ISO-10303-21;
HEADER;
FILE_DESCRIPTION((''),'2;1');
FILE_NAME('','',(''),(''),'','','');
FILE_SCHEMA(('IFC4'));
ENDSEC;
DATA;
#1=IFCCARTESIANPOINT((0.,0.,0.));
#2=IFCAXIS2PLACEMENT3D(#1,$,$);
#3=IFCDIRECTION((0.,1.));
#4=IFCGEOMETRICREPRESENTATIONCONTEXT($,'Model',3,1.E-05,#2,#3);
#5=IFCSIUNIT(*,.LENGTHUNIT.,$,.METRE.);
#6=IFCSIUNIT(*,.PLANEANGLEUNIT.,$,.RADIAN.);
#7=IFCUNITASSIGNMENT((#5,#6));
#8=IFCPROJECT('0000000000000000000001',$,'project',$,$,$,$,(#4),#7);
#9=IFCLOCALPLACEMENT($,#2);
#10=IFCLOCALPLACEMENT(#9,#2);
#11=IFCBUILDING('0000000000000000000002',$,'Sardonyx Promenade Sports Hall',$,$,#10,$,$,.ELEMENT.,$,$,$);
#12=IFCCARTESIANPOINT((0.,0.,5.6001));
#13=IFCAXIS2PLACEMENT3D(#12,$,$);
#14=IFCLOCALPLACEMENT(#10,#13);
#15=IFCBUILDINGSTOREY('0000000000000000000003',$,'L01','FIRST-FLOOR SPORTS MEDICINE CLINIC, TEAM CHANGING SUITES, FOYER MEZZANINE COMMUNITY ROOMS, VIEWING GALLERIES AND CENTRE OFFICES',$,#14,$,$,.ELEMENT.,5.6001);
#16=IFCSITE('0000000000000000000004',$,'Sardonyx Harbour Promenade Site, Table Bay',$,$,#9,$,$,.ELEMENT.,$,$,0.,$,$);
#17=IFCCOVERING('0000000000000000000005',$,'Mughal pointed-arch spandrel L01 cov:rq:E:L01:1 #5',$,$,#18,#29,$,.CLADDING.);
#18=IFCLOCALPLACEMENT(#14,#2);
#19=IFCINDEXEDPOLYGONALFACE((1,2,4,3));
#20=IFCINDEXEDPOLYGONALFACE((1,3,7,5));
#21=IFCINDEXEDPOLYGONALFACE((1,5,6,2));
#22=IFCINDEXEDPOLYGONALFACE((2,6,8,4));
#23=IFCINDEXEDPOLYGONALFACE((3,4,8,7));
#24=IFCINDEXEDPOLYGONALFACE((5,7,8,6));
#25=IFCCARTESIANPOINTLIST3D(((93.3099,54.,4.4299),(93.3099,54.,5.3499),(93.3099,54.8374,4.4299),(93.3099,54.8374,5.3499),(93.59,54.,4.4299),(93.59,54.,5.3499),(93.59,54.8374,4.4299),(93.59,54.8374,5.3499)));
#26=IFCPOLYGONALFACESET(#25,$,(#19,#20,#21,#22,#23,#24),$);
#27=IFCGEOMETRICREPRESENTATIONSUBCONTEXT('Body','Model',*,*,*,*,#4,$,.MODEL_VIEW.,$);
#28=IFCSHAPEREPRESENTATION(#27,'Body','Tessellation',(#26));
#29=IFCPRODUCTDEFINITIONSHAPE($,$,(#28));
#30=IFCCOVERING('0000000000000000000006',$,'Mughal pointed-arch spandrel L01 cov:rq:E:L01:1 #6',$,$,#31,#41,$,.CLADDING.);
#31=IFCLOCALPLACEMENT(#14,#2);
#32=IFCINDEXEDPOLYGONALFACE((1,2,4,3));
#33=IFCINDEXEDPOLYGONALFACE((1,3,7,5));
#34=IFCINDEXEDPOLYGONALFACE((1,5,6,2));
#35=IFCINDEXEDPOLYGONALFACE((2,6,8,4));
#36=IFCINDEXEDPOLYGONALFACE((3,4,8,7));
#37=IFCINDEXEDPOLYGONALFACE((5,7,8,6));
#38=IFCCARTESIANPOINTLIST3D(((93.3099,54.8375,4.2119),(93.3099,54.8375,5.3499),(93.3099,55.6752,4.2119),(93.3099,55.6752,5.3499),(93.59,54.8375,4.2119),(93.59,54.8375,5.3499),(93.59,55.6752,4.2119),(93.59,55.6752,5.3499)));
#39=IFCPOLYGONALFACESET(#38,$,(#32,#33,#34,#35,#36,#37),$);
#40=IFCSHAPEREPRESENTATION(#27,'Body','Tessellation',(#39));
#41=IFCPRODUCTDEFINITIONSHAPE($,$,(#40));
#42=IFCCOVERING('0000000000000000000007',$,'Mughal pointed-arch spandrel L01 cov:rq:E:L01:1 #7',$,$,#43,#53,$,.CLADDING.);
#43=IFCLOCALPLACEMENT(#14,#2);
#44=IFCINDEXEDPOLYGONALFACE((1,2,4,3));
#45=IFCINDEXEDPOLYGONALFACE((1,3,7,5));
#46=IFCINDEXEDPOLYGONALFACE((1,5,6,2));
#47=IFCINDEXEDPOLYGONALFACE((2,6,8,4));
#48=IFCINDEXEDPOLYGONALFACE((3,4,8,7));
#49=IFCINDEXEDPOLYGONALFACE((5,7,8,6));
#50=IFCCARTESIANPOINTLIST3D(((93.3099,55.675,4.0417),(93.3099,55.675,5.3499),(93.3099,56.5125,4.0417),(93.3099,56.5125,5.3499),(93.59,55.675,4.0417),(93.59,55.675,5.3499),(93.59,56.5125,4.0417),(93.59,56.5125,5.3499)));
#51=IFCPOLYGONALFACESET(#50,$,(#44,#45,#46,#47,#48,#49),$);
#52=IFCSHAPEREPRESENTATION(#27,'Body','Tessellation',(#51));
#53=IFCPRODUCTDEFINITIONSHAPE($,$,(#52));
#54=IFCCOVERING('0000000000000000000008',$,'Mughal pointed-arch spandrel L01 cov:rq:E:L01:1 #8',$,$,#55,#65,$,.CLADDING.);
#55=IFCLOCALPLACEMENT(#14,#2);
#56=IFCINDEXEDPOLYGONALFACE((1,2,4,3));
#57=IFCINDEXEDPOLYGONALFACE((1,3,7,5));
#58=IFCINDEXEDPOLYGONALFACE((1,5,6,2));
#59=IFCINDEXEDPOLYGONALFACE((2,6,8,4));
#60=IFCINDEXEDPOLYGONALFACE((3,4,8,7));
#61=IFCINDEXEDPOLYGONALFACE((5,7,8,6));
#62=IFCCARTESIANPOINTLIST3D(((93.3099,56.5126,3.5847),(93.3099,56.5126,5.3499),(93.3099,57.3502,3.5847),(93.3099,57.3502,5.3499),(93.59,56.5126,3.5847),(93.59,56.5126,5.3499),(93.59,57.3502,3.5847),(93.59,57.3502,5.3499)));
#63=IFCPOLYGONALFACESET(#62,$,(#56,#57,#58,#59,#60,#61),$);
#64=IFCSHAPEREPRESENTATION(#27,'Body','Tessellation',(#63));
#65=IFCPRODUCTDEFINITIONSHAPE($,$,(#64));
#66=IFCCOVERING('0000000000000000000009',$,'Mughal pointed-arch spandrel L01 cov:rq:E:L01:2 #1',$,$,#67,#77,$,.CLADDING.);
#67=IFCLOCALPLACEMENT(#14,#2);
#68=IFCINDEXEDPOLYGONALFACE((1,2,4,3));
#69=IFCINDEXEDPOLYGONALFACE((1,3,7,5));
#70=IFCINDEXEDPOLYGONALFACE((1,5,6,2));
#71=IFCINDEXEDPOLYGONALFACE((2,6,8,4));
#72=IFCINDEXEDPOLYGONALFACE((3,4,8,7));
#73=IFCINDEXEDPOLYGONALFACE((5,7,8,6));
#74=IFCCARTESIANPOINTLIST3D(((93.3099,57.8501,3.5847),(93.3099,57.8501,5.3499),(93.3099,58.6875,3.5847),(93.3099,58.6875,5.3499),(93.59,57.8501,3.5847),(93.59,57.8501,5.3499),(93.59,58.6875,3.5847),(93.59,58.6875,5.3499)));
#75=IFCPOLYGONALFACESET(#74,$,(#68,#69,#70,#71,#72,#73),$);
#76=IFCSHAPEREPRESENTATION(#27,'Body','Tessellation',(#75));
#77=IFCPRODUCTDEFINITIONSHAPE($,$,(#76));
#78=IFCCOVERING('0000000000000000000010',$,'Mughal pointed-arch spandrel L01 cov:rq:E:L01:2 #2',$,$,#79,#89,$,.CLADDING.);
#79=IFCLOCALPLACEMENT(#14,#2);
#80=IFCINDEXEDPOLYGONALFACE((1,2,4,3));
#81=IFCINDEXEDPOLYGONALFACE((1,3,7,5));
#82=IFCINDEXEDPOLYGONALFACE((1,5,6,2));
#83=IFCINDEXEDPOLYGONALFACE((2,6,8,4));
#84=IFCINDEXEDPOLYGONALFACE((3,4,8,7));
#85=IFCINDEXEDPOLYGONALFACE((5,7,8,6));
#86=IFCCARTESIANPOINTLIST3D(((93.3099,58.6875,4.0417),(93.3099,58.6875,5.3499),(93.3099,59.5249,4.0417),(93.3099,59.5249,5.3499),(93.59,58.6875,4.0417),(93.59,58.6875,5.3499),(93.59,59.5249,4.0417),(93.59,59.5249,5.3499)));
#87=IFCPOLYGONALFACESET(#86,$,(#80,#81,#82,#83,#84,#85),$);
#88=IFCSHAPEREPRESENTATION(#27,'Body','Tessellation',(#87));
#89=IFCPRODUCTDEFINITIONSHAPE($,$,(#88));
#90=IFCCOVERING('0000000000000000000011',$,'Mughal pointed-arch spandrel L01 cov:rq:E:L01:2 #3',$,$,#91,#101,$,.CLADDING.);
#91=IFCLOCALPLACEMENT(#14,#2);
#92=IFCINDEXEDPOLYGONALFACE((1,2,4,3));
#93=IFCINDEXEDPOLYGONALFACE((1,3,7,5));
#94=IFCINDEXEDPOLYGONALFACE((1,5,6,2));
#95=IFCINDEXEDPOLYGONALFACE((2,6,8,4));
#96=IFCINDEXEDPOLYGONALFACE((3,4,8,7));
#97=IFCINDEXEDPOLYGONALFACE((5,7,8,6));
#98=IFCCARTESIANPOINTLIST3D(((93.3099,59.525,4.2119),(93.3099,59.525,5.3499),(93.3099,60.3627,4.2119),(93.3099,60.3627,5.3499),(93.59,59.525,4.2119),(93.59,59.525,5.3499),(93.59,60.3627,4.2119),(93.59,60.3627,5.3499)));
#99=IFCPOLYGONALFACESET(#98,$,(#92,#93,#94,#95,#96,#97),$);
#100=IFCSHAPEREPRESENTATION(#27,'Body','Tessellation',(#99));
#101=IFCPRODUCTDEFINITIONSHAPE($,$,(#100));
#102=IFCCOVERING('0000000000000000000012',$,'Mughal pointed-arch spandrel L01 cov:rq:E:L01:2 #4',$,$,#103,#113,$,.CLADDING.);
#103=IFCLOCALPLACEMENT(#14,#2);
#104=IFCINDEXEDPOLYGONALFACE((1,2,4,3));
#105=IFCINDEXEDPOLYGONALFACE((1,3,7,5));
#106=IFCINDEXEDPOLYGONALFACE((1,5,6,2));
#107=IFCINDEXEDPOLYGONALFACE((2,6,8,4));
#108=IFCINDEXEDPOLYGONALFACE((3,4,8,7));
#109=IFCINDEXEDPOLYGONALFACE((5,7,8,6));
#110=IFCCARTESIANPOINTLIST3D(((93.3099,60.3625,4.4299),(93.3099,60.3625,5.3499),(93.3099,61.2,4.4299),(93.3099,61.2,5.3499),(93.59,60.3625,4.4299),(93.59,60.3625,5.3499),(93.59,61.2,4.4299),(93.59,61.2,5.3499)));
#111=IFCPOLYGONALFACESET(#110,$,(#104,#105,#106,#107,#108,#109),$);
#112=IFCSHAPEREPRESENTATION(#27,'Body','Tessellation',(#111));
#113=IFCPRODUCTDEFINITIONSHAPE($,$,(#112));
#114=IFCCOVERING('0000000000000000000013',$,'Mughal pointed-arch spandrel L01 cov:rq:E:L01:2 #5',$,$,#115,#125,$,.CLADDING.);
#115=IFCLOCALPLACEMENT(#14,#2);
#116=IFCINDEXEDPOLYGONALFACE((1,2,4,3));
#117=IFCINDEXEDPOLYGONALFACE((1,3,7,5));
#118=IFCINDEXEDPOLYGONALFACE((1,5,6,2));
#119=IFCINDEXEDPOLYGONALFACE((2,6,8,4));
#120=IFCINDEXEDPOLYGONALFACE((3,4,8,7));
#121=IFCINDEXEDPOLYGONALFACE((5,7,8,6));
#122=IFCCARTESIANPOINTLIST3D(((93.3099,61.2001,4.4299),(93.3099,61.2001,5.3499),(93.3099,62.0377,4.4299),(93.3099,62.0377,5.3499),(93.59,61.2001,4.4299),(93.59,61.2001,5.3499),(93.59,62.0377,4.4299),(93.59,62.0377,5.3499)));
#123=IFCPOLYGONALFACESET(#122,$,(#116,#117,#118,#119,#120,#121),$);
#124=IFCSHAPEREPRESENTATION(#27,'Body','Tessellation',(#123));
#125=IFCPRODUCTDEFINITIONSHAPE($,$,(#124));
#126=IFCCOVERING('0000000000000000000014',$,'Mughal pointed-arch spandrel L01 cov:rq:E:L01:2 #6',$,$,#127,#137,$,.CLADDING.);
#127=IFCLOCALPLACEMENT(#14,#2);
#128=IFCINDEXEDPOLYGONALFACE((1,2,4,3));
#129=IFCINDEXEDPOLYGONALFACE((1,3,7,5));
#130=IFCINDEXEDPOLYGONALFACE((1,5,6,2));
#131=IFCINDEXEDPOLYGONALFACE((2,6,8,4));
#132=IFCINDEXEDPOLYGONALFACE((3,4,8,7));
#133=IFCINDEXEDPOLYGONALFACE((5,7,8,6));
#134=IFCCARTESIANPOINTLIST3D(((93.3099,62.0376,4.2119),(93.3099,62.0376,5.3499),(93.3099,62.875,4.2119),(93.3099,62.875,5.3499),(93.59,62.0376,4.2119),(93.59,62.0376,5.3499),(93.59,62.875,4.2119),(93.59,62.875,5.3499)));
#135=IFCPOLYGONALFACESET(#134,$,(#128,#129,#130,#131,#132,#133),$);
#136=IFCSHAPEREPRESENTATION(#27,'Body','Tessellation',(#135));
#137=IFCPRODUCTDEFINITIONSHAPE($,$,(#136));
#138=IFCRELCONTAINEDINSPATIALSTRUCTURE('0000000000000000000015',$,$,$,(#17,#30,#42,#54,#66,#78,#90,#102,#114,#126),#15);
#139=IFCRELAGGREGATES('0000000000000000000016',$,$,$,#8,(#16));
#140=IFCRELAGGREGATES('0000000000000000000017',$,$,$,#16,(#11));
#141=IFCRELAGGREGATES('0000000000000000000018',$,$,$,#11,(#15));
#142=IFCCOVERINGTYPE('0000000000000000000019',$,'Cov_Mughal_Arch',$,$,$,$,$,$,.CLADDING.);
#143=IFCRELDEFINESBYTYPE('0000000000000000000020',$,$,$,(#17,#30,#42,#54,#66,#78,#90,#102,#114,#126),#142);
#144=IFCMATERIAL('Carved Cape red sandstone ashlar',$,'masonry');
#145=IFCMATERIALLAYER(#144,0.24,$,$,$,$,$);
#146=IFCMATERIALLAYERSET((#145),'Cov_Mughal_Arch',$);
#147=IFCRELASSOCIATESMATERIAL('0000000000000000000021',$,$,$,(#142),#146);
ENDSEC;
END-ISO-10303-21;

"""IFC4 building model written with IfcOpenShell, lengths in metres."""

from ifc_helpers import new_model, si_unit, direction, frame, frame_2d, origin, place, context, subcontext, project, spatial, rectangle, extrude, material, layer, layer_set, type_object, element, save


model = new_model("IFC4")

# Units and contexts
model_context = context("Model", 3, precision=1e-05, world=origin(), true_north=direction((0.0, 1.0)))
body_context = subcontext(model_context, "Body", "Model", "MODEL_VIEW")
ifc_project = project(units=[si_unit("LENGTHUNIT", "METRE"), si_unit("PLANEANGLEUNIT", "RADIAN")], contexts=[model_context])

# Site, building, storey
site_placement = place(None, origin())
site = spatial("IfcSite", under=ifc_project, at=site_placement, Name="Sardonyx Harbour Promenade Site, Table Bay", CompositionType="ELEMENT", RefElevation=0.0)
building_placement = place(site_placement, origin())
building = spatial("IfcBuilding", under=site, at=building_placement, Name="Sardonyx Promenade Sports Hall", CompositionType="ELEMENT")
storey_placement = place(building_placement, frame((0.0, 0.0, 5.6001)))
storey = spatial("IfcBuildingStorey", under=building, at=storey_placement, Name="L01", Description="FIRST-FLOOR SPORTS MEDICINE CLINIC, TEAM CHANGING SUITES, FOYER MEZZANINE COMMUNITY ROOMS, VIEWING GALLERIES AND CENTRE OFFICES", CompositionType="ELEMENT", Elevation=5.6001)

# Coverings
ifc_material = material(Name="Carved Cape red sandstone ashlar", Category="masonry")
ifc_layer = layer(ifc_material, 0.24)
ifc_layer_set = layer_set([ifc_layer], Name="Cov_Mughal_Arch")
covering_type = type_object("IfcCoveringType", Name="Cov_Mughal_Arch", PredefinedType="CLADDING", material=ifc_layer_set)
for number, where, z_axis, x_axis, name in (
    (1, (93.45, 54.0, 4.4299), (0.0, 0.0, 1.0), (0.0, 1.0, 0.0), "Mughal pointed-arch spandrel L01 cov:rq:E:L01:1 #5"),
):
    element("IfcCovering", number, at=place(storey_placement, frame(where, z_axis=z_axis, x_axis=x_axis)), inside=storey, type_object=covering_type, Name=name, PredefinedType="CLADDING", context=body_context, shape_type="SweptSolid", body=[
        extrude(rectangle(XDim=0.8374, YDim=0.28, at=frame_2d((0.4187, 0.0))), origin(), (0.0, 0.0, 1.0), 0.9199),
    ])
covering_1_placement = place(storey_placement, frame((93.45, 54.8374, 4.2119), z_axis=(0.0, 0.0, 1.0), x_axis=(0.0, 1.0, 0.0)))
element("IfcCovering", 2, at=covering_1_placement, inside=storey, type_object=covering_type, Name="Mughal pointed-arch spandrel L01 cov:rq:E:L01:1 #6", PredefinedType="CLADDING", context=body_context, shape_type="SweptSolid", body=[
    extrude(rectangle(XDim=0.8376, YDim=0.28, at=frame_2d((0.4189, 0.0))), origin(), (0.0, 0.0, 1.0), 1.1379),
])
covering_2_placement = place(storey_placement, frame((93.45, 55.675, 4.0417), z_axis=(0.0, 0.0, 1.0), x_axis=(0.0, 1.0, 0.0)))
element("IfcCovering", 3, at=covering_2_placement, inside=storey, type_object=covering_type, Name="Mughal pointed-arch spandrel L01 cov:rq:E:L01:1 #7", PredefinedType="CLADDING", context=body_context, shape_type="SweptSolid", body=[
    extrude(rectangle(XDim=0.8374, YDim=0.28, at=frame_2d((0.4187, 0.0))), origin(), (0.0, 0.0, 1.0), 1.3081),
])
covering_3_placement = place(storey_placement, frame((93.45, 56.5125, 3.5847), z_axis=(0.0, 0.0, 1.0), x_axis=(0.0, 1.0, 0.0)))
element("IfcCovering", 4, at=covering_3_placement, inside=storey, type_object=covering_type, Name="Mughal pointed-arch spandrel L01 cov:rq:E:L01:1 #8", PredefinedType="CLADDING", context=body_context, shape_type="SweptSolid", body=[
    extrude(rectangle(XDim=0.8376, YDim=0.28, at=frame_2d((0.4189, 0.0))), origin(), (0.0, 0.0, 1.0), 1.7651),
])
covering_4_placement = place(storey_placement, frame((93.45, 57.8501, 3.5847), z_axis=(0.0, 0.0, 1.0), x_axis=(0.0, 1.0, 0.0)))
element("IfcCovering", 5, at=covering_4_placement, inside=storey, type_object=covering_type, Name="Mughal pointed-arch spandrel L01 cov:rq:E:L01:2 #1", PredefinedType="CLADDING", context=body_context, shape_type="SweptSolid", body=[
    extrude(rectangle(XDim=0.8374, YDim=0.28, at=frame_2d((0.4187, 0.0))), origin(), (0.0, 0.0, 1.0), 1.7651),
])
covering_5_placement = place(storey_placement, frame((93.45, 58.6875, 4.0417), z_axis=(0.0, 0.0, 1.0), x_axis=(0.0, 1.0, 0.0)))
element("IfcCovering", 6, at=covering_5_placement, inside=storey, type_object=covering_type, Name="Mughal pointed-arch spandrel L01 cov:rq:E:L01:2 #2", PredefinedType="CLADDING", context=body_context, shape_type="SweptSolid", body=[
    extrude(rectangle(XDim=0.8374, YDim=0.28, at=frame_2d((0.4187, 0.0))), origin(), (0.0, 0.0, 1.0), 1.3081),
])
covering_6_placement = place(storey_placement, frame((93.45, 59.5249, 4.2119), z_axis=(0.0, 0.0, 1.0), x_axis=(0.0, 1.0, 0.0)))
element("IfcCovering", 7, at=covering_6_placement, inside=storey, type_object=covering_type, Name="Mughal pointed-arch spandrel L01 cov:rq:E:L01:2 #3", PredefinedType="CLADDING", context=body_context, shape_type="SweptSolid", body=[
    extrude(rectangle(XDim=0.8376, YDim=0.28, at=frame_2d((0.4189, 0.0))), origin(), (0.0, 0.0, 1.0), 1.1379),
])
covering_7_placement = place(storey_placement, frame((93.45, 60.3625, 4.4299), z_axis=(0.0, 0.0, 1.0), x_axis=(0.0, 1.0, 0.0)))
element("IfcCovering", 8, at=covering_7_placement, inside=storey, type_object=covering_type, Name="Mughal pointed-arch spandrel L01 cov:rq:E:L01:2 #4", PredefinedType="CLADDING", context=body_context, shape_type="SweptSolid", body=[
    extrude(rectangle(XDim=0.8374, YDim=0.28, at=frame_2d((0.4187, 0.0))), origin(), (0.0, 0.0, 1.0), 0.9199),
])
covering_8_placement = place(storey_placement, frame((93.45, 61.2, 4.4299), z_axis=(0.0, 0.0, 1.0), x_axis=(0.0, 1.0, 0.0)))
element("IfcCovering", 9, at=covering_8_placement, inside=storey, type_object=covering_type, Name="Mughal pointed-arch spandrel L01 cov:rq:E:L01:2 #5", PredefinedType="CLADDING", context=body_context, shape_type="SweptSolid", body=[
    extrude(rectangle(XDim=0.8376, YDim=0.28, at=frame_2d((0.4189, 0.0))), origin(), (0.0, 0.0, 1.0), 0.9199),
])
covering_9_placement = place(storey_placement, frame((93.45, 62.0376, 4.2119), z_axis=(0.0, 0.0, 1.0), x_axis=(0.0, 1.0, 0.0)))
element("IfcCovering", 10, at=covering_9_placement, inside=storey, type_object=covering_type, Name="Mughal pointed-arch spandrel L01 cov:rq:E:L01:2 #6", PredefinedType="CLADDING", context=body_context, shape_type="SweptSolid", body=[
    extrude(rectangle(XDim=0.8374, YDim=0.28, at=frame_2d((0.4187, 0.0))), origin(), (0.0, 0.0, 1.0), 1.1379),
])

save(model, "model.ifc")
